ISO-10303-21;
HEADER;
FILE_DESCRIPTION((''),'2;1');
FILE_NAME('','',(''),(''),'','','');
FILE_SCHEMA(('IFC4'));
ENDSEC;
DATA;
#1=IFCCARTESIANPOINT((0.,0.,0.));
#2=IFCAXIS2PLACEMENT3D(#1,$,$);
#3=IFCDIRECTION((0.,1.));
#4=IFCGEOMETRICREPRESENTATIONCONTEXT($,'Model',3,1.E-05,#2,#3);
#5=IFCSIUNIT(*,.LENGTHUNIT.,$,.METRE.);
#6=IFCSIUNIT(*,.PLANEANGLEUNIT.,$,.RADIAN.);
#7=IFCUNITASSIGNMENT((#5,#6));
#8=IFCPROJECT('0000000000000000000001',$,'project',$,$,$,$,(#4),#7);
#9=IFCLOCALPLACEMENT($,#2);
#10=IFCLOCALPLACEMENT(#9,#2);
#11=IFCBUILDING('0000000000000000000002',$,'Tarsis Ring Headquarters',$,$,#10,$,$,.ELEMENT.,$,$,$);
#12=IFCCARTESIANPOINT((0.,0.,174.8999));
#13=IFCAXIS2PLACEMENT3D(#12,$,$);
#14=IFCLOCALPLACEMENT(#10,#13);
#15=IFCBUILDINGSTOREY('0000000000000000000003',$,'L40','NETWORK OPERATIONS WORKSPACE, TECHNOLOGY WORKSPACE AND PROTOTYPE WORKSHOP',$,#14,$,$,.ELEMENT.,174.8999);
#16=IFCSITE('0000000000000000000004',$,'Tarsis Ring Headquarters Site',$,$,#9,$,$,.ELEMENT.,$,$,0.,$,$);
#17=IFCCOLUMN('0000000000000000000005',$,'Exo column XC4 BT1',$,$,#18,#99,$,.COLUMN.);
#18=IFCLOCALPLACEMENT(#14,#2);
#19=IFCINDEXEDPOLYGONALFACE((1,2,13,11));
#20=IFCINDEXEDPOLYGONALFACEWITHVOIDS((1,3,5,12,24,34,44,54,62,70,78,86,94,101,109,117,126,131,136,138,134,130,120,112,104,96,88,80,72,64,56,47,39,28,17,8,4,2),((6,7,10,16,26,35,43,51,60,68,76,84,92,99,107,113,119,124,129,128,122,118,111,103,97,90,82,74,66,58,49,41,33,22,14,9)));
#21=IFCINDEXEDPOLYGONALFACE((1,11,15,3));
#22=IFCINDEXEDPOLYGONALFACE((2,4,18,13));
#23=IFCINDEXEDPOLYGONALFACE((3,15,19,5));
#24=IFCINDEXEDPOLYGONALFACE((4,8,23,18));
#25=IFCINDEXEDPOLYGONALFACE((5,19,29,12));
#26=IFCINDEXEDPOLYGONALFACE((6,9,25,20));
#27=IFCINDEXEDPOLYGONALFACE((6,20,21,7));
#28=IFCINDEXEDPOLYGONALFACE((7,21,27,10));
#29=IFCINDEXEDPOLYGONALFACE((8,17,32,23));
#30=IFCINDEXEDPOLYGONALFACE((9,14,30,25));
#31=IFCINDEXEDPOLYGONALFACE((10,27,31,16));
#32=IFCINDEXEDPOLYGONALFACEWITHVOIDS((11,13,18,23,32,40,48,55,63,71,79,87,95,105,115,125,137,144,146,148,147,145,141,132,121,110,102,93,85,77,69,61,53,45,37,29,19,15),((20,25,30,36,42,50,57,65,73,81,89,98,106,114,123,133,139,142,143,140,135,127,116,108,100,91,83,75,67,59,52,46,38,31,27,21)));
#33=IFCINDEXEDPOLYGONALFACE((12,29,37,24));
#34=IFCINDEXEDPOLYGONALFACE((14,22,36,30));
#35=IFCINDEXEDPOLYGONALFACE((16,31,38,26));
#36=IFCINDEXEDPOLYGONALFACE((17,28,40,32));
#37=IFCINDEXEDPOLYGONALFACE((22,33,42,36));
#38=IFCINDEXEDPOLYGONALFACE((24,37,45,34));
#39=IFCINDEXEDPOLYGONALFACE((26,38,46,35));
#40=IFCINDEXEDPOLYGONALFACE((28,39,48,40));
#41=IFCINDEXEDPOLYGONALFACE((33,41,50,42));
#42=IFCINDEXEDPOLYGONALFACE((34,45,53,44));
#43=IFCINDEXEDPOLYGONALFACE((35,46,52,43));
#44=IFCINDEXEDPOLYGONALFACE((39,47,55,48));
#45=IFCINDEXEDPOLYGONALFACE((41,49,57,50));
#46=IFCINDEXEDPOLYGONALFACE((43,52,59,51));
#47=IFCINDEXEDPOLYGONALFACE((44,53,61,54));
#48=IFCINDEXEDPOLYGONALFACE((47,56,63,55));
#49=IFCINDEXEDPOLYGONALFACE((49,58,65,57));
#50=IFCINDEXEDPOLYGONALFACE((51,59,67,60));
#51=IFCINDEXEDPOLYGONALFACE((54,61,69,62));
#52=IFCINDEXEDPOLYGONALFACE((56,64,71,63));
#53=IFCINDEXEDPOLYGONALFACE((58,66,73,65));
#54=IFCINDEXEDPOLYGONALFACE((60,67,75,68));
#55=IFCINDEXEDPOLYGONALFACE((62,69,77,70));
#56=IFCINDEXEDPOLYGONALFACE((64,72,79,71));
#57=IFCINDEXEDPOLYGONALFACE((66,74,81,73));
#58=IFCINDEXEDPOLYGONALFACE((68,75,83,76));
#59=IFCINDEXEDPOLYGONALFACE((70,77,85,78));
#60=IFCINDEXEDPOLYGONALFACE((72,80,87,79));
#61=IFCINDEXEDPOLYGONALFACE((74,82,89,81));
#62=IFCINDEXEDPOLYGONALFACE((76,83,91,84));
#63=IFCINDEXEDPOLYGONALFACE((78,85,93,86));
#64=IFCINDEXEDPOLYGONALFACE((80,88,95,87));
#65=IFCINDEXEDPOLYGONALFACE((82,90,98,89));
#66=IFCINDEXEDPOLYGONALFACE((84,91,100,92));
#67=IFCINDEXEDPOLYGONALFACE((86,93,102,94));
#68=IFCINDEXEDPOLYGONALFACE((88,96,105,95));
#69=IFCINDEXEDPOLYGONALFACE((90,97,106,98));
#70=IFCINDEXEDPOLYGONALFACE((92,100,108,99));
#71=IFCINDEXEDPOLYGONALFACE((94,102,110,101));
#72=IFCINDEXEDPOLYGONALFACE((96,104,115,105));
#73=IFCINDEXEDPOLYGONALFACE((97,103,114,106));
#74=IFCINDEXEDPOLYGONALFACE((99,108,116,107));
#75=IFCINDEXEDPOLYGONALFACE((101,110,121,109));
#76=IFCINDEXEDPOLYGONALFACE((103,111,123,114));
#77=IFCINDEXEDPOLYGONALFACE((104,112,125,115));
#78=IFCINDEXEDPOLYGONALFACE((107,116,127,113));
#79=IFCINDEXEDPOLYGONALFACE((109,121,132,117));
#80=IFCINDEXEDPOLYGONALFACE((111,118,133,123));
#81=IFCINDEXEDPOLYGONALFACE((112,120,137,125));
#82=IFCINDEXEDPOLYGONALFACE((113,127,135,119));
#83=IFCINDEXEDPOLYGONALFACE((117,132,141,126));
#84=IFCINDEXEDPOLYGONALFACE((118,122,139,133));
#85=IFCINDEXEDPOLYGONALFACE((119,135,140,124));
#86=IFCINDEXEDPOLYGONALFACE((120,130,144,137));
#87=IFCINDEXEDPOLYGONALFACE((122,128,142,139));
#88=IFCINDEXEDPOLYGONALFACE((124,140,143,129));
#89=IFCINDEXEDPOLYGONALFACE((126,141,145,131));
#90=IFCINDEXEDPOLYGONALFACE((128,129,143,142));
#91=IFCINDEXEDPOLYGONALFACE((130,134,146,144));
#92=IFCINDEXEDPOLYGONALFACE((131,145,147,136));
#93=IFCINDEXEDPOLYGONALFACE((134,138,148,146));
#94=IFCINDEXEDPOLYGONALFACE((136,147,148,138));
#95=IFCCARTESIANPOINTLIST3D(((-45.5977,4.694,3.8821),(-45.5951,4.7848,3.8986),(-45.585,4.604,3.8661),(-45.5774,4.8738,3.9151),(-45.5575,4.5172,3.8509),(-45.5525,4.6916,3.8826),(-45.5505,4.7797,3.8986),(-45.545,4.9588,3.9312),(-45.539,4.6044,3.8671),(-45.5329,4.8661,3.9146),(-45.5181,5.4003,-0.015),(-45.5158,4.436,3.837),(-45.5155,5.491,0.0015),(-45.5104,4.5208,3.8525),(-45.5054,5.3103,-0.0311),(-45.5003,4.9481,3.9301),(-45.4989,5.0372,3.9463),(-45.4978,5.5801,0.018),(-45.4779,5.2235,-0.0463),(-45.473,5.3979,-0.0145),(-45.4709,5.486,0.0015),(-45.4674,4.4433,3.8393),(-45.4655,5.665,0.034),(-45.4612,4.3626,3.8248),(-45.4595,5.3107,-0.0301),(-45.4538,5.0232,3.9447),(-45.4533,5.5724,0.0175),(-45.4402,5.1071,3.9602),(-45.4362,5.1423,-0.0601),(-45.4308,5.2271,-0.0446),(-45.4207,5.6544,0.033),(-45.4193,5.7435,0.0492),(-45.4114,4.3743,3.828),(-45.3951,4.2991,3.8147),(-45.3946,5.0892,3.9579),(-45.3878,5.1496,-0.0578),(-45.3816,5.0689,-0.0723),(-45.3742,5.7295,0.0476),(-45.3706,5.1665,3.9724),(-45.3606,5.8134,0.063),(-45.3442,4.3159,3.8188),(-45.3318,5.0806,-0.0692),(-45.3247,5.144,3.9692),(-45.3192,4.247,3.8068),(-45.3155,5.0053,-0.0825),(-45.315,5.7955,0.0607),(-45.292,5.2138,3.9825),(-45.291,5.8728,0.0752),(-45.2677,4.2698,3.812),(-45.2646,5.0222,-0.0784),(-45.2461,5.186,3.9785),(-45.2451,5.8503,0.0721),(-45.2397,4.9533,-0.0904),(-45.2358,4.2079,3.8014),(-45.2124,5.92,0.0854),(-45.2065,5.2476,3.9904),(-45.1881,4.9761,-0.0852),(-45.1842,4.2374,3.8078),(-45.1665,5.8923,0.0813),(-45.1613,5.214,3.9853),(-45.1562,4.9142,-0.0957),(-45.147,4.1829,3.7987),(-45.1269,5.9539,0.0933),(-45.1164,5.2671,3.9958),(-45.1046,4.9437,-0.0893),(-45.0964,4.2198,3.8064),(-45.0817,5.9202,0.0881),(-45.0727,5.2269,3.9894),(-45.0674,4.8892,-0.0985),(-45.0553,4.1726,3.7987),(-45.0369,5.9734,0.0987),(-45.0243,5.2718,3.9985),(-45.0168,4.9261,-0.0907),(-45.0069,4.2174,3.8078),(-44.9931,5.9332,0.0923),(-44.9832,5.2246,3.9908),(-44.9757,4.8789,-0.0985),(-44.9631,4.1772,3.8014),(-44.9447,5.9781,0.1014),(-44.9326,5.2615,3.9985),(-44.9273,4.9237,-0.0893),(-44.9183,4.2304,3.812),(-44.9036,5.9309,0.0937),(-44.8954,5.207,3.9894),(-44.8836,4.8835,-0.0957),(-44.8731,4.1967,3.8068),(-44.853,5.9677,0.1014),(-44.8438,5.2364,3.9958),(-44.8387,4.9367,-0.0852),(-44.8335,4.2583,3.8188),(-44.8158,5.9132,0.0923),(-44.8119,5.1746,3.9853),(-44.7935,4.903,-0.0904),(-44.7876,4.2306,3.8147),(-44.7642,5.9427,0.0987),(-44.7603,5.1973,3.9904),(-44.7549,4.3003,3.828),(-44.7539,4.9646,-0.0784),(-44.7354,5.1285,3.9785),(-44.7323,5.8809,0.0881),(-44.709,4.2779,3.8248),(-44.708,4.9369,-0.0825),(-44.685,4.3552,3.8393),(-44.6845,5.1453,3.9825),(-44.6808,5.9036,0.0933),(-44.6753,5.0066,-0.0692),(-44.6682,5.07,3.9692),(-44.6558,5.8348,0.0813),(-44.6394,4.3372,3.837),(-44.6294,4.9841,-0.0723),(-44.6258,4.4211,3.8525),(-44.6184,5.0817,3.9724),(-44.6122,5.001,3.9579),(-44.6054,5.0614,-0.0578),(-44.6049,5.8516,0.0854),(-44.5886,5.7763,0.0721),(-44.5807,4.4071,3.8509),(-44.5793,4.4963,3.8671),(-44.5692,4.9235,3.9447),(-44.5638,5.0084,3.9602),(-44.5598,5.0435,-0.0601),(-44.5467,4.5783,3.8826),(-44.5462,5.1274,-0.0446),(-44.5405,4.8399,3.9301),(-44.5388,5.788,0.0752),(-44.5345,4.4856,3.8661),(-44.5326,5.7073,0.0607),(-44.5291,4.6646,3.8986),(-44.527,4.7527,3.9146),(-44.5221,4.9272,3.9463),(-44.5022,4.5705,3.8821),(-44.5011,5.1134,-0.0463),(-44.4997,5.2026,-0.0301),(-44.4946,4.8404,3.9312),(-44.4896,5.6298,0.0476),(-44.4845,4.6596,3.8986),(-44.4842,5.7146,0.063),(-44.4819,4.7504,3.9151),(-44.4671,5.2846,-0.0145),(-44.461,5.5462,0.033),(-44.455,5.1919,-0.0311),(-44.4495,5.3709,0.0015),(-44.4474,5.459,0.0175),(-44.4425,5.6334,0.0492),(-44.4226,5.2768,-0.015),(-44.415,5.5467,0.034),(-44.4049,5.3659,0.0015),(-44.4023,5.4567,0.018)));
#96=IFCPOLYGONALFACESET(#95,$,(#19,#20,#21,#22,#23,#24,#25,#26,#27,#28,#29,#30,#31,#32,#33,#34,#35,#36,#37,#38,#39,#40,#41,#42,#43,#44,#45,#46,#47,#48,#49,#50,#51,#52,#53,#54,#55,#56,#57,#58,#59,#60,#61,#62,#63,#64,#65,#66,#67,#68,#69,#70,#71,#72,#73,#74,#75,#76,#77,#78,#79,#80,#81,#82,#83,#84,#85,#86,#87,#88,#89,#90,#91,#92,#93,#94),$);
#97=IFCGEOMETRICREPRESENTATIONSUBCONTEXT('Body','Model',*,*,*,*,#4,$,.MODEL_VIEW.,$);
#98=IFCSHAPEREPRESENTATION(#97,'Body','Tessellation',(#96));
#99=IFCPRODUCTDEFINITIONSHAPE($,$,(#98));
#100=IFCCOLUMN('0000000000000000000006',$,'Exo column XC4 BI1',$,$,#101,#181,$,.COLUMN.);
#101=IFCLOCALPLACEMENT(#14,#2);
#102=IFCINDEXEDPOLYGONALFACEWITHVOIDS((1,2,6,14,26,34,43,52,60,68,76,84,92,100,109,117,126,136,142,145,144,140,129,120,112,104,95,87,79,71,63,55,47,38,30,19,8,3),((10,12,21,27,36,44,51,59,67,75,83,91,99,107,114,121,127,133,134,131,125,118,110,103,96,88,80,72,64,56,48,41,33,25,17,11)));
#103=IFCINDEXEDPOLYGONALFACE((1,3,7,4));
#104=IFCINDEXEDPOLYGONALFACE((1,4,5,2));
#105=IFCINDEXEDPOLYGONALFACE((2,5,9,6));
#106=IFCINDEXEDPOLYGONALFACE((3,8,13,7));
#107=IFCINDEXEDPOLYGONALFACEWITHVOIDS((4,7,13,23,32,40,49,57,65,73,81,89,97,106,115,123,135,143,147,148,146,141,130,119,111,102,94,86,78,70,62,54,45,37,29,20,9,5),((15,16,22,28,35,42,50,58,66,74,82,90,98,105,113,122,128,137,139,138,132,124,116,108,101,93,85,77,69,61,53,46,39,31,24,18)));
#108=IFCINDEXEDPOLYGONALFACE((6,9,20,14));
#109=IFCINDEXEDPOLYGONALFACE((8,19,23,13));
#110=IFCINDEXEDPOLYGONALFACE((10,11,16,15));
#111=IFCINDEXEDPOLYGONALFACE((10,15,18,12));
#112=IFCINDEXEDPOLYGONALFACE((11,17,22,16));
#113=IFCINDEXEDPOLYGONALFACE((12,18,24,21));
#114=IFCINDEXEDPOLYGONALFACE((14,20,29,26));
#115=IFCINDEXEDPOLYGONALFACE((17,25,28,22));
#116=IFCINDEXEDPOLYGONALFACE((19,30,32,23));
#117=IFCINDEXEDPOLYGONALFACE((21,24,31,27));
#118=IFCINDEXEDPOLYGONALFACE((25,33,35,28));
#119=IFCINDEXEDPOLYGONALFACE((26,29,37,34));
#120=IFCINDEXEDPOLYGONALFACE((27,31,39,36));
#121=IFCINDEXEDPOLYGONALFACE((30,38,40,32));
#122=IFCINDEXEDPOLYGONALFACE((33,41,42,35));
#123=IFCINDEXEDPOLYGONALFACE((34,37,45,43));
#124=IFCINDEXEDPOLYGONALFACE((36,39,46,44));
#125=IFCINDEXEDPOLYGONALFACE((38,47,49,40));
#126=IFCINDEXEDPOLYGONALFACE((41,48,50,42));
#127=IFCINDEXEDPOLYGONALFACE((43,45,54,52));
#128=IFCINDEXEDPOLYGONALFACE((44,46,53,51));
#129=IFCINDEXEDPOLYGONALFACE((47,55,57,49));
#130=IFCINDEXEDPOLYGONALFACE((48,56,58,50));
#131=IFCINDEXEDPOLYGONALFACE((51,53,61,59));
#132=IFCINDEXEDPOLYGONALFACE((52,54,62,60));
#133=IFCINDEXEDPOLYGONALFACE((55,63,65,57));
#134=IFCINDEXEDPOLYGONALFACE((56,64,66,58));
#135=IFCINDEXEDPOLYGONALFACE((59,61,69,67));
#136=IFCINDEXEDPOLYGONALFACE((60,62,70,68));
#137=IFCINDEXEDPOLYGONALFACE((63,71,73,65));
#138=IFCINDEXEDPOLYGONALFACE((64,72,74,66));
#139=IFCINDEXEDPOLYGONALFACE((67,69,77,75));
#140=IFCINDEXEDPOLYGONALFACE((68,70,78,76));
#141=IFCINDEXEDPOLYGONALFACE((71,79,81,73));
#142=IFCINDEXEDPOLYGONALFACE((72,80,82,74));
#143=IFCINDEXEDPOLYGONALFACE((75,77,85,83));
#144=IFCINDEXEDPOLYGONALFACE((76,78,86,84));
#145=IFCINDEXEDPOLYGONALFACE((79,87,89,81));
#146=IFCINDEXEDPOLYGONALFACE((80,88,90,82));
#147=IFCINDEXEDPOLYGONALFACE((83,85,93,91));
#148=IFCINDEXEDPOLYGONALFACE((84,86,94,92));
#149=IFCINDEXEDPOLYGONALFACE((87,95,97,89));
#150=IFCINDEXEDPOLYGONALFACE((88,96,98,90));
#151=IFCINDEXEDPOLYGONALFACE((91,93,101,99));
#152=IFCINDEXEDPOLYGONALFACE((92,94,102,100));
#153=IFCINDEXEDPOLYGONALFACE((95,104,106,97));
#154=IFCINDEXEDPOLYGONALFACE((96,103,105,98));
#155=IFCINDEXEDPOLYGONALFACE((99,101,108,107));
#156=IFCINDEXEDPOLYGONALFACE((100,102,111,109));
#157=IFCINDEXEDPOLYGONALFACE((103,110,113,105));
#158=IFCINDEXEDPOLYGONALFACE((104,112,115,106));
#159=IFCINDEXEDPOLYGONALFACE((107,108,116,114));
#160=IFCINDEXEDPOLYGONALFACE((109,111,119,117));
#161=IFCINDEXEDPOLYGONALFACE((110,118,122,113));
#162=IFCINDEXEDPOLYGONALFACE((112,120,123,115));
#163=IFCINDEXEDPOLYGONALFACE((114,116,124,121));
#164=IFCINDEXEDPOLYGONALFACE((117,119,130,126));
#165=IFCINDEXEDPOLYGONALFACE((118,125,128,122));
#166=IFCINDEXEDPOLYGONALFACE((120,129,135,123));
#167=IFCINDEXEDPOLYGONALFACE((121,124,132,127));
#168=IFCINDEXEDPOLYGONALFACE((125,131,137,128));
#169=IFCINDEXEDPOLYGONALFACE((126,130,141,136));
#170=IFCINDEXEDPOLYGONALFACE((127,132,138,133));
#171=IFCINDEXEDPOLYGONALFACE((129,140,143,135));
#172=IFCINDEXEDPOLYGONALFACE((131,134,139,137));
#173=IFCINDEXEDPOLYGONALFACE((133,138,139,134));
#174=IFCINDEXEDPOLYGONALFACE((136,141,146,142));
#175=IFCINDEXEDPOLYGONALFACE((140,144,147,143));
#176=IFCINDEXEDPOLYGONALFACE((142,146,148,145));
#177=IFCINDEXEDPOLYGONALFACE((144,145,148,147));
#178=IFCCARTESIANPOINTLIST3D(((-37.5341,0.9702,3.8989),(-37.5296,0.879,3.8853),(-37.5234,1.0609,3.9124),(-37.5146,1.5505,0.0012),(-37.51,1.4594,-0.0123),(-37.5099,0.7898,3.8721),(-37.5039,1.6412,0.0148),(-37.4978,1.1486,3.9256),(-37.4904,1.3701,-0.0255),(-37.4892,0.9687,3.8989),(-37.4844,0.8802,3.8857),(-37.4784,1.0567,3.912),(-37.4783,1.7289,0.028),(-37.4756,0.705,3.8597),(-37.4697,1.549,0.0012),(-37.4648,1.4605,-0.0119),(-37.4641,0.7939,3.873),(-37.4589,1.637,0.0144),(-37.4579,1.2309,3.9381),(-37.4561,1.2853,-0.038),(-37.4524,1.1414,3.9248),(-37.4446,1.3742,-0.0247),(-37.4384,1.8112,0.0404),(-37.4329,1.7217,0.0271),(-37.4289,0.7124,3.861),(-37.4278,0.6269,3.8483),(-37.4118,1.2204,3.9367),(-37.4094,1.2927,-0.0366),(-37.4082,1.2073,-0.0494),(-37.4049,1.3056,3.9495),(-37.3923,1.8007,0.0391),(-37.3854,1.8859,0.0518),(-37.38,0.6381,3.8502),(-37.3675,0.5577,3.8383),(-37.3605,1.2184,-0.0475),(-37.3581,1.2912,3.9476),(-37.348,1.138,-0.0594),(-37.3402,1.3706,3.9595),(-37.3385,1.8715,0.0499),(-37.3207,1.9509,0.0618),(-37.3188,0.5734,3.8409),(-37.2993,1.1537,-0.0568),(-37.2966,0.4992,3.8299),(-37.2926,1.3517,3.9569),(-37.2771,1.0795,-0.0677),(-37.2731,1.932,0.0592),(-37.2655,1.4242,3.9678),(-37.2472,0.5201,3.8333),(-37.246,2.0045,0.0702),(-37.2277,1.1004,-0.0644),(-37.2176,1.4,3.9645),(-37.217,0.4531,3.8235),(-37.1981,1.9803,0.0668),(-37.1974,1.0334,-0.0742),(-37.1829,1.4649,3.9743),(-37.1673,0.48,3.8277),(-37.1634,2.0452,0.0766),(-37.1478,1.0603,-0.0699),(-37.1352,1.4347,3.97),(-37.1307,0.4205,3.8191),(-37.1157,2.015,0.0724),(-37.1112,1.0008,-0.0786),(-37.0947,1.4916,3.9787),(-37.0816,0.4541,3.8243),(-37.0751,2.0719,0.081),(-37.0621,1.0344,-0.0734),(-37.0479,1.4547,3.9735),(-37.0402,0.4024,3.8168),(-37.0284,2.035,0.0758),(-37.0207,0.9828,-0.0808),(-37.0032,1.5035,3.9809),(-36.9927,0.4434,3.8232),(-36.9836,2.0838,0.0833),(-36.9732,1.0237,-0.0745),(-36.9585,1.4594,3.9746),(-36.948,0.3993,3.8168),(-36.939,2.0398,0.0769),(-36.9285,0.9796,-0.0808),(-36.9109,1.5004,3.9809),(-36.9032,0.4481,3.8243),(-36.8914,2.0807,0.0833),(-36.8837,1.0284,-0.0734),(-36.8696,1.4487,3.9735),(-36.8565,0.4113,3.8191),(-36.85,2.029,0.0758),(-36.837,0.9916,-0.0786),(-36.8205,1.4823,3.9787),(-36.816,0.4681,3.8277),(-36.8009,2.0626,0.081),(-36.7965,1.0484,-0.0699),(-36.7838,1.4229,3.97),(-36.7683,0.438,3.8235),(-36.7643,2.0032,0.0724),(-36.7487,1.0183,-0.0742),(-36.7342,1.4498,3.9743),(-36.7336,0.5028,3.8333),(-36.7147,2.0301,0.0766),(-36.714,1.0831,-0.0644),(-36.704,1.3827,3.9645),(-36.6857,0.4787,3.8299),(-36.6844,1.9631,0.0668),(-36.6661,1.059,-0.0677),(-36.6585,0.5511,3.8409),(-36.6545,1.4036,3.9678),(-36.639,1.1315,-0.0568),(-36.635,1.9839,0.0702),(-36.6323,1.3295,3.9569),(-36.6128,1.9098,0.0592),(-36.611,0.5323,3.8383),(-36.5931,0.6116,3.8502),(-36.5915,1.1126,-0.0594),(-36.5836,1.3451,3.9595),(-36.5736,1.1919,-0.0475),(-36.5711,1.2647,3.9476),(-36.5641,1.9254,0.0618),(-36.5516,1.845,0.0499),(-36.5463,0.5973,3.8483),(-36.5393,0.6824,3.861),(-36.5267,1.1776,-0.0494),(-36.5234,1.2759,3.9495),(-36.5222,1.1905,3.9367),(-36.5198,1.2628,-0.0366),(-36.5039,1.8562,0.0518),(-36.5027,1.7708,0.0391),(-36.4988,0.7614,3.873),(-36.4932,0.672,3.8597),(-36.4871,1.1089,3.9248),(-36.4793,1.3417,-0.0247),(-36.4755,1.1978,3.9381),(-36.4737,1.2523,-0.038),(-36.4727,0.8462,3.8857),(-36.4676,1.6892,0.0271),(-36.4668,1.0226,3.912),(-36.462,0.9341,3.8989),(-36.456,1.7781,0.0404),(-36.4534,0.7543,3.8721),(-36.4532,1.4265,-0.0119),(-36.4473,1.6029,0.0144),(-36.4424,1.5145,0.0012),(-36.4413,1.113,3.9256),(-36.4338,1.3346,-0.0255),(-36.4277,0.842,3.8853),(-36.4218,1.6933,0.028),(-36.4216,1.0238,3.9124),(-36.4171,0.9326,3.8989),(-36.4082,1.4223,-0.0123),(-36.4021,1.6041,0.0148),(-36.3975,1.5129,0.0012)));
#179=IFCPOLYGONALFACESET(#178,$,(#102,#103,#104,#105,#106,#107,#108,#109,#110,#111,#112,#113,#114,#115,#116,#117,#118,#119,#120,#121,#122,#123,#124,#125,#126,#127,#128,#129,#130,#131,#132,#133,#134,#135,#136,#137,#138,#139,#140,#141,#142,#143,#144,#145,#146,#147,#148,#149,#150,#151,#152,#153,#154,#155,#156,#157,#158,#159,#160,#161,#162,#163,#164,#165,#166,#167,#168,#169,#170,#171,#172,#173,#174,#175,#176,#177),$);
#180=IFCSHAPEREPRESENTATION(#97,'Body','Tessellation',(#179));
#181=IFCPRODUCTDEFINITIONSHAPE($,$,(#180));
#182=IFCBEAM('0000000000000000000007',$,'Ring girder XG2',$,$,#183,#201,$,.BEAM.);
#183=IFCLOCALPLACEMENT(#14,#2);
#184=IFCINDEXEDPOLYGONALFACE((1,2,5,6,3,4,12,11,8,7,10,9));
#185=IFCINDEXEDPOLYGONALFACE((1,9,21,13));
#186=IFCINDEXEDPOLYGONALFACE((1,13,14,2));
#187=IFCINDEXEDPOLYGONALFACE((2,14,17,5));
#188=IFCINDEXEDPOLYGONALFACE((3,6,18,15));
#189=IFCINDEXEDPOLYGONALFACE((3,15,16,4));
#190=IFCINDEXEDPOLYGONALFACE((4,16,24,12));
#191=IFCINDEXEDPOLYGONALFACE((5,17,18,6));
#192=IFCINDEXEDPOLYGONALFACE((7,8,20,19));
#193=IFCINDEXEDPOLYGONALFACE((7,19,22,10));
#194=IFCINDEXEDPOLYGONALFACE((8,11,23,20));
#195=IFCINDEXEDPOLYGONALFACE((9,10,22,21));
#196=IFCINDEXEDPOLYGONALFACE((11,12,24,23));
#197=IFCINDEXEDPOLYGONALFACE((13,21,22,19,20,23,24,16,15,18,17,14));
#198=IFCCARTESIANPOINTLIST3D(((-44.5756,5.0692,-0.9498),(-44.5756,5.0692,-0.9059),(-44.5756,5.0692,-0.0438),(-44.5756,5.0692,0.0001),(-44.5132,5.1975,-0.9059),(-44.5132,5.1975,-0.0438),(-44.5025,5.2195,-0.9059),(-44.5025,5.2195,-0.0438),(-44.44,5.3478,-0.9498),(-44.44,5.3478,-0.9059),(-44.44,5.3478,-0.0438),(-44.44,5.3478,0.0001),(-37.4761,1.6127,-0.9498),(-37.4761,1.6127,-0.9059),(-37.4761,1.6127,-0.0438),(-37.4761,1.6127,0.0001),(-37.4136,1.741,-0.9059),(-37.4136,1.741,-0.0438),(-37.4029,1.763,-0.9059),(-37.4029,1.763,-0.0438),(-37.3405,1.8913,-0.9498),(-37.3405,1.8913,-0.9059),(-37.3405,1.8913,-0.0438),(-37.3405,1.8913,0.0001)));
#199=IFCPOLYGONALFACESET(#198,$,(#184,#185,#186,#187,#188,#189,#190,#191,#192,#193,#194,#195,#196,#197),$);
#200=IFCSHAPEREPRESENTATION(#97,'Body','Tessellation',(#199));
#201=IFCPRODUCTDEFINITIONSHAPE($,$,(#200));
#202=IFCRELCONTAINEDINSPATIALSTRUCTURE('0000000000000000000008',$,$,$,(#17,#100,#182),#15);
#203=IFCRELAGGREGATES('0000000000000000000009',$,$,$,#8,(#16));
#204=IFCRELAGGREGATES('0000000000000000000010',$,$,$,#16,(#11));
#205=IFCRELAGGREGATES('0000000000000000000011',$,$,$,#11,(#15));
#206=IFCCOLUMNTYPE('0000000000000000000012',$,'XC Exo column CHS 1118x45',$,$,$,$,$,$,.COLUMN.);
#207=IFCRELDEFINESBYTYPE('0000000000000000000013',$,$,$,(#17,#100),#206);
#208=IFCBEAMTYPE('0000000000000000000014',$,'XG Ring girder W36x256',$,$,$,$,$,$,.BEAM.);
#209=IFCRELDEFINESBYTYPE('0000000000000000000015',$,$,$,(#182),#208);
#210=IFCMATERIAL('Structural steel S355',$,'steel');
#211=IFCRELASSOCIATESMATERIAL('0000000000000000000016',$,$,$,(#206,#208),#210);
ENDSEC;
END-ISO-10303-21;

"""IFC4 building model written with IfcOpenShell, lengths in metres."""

from ifc_helpers import new_model, si_unit, direction, frame, origin, origin_2d, place, context, subcontext, project, spatial, hollow_circle, i_section, extrude, material, material_profile, profile_set, type_object, element, save


model = new_model("IFC4")

# Units and contexts
model_context = context("Model", 3, precision=1e-05, world=origin(), true_north=direction((0.0, 1.0)))
body_context = subcontext(model_context, "Body", "Model", "MODEL_VIEW")
ifc_project = project(units=[si_unit("LENGTHUNIT", "METRE"), si_unit("PLANEANGLEUNIT", "RADIAN")], contexts=[model_context])

# Site, building, storey
site_placement = place(None, origin())
site = spatial("IfcSite", under=ifc_project, at=site_placement, Name="Tarsis Ring Headquarters Site", CompositionType="ELEMENT", RefElevation=0.0)
building_placement = place(site_placement, origin())
building = spatial("IfcBuilding", under=site, at=building_placement, Name="Tarsis Ring Headquarters", CompositionType="ELEMENT")
storey_placement = place(building_placement, frame((0.0, 0.0, 174.8999)))
storey = spatial("IfcBuildingStorey", under=building, at=storey_placement, Name="L40", Description="NETWORK OPERATIONS WORKSPACE, TECHNOLOGY WORKSPACE AND PROTOTYPE WORKSHOP", CompositionType="ELEMENT", Elevation=174.8999)

# Columns
ifc_material_1 = material(Name="Structural steel S355", Category="steel")
ifc_material_profile_1 = material_profile(ifc_material_1, hollow_circle(Radius=0.5588, WallThickness=0.0449, at=origin_2d()), Name="CHS 1118x45")
ifc_profile_set_1 = profile_set([ifc_material_profile_1], Name="Structural steel S355")
column_type = type_object("IfcColumnType", Name="XC Exo column CHS 1118x45", PredefinedType="COLUMN", material=ifc_profile_set_1)
column_1_placement = place(storey_placement, frame((-44.9602, 5.4285, 0.0015), z_axis=(-0.020091, -0.178291, 0.983773), x_axis=(0.993711, -0.111977, 0.0)))
element("IfcColumn", 1, at=column_1_placement, inside=storey, type_object=column_type, Name="Exo column XC4 BT1", PredefinedType="COLUMN", context=body_context, shape_type="SweptSolid", body=[
    extrude(hollow_circle(Radius=0.5588, WallThickness=0.0449, at=origin_2d()), origin(), (0.0, 0.0, 1.0), 3.9614),
])
column_2_placement = place(storey_placement, frame((-36.9561, 1.5317, 0.0012), z_axis=(-0.004956, -0.147263, 0.989085), x_axis=(0.999434, -0.033637, 0.0)))
element("IfcColumn", 2, at=column_2_placement, inside=storey, type_object=column_type, Name="Exo column XC4 BI1", PredefinedType="COLUMN", context=body_context, shape_type="SweptSolid", body=[
    extrude(hollow_circle(Radius=0.5588, WallThickness=0.0449, at=origin_2d()), origin(), (0.0, 0.0, 1.0), 3.9407),
])

# Beam
ifc_material_profile_2 = material_profile(ifc_material_1, i_section(OverallWidth=0.3098, OverallDepth=0.95, WebThickness=0.0244, FlangeThickness=0.0439, at=origin_2d()), Name="W36x256")
ifc_profile_set_2 = profile_set([ifc_material_profile_2], Name="Structural steel S355")
beam_type = type_object("IfcBeamType", Name="XG Ring girder W36x256", PredefinedType="BEAM", material=ifc_profile_set_2)
beam_1_placement = place(storey_placement, frame((-44.5078, 5.2085, -0.4749), z_axis=(0.899102, -0.43774, 0.0), x_axis=(0.43774, 0.899102, 0.0)))
element("IfcBeam", 3, at=beam_1_placement, inside=storey, type_object=beam_type, Name="Ring girder XG2", PredefinedType="BEAM", context=body_context, shape_type="SweptSolid", body=[
    extrude(i_section(OverallWidth=0.3098, OverallDepth=0.95, WebThickness=0.0244, FlangeThickness=0.0439, at=origin_2d()), origin(), (0.0, 0.0, 1.0), 7.8962),
])

save(model, "model.ifc")
